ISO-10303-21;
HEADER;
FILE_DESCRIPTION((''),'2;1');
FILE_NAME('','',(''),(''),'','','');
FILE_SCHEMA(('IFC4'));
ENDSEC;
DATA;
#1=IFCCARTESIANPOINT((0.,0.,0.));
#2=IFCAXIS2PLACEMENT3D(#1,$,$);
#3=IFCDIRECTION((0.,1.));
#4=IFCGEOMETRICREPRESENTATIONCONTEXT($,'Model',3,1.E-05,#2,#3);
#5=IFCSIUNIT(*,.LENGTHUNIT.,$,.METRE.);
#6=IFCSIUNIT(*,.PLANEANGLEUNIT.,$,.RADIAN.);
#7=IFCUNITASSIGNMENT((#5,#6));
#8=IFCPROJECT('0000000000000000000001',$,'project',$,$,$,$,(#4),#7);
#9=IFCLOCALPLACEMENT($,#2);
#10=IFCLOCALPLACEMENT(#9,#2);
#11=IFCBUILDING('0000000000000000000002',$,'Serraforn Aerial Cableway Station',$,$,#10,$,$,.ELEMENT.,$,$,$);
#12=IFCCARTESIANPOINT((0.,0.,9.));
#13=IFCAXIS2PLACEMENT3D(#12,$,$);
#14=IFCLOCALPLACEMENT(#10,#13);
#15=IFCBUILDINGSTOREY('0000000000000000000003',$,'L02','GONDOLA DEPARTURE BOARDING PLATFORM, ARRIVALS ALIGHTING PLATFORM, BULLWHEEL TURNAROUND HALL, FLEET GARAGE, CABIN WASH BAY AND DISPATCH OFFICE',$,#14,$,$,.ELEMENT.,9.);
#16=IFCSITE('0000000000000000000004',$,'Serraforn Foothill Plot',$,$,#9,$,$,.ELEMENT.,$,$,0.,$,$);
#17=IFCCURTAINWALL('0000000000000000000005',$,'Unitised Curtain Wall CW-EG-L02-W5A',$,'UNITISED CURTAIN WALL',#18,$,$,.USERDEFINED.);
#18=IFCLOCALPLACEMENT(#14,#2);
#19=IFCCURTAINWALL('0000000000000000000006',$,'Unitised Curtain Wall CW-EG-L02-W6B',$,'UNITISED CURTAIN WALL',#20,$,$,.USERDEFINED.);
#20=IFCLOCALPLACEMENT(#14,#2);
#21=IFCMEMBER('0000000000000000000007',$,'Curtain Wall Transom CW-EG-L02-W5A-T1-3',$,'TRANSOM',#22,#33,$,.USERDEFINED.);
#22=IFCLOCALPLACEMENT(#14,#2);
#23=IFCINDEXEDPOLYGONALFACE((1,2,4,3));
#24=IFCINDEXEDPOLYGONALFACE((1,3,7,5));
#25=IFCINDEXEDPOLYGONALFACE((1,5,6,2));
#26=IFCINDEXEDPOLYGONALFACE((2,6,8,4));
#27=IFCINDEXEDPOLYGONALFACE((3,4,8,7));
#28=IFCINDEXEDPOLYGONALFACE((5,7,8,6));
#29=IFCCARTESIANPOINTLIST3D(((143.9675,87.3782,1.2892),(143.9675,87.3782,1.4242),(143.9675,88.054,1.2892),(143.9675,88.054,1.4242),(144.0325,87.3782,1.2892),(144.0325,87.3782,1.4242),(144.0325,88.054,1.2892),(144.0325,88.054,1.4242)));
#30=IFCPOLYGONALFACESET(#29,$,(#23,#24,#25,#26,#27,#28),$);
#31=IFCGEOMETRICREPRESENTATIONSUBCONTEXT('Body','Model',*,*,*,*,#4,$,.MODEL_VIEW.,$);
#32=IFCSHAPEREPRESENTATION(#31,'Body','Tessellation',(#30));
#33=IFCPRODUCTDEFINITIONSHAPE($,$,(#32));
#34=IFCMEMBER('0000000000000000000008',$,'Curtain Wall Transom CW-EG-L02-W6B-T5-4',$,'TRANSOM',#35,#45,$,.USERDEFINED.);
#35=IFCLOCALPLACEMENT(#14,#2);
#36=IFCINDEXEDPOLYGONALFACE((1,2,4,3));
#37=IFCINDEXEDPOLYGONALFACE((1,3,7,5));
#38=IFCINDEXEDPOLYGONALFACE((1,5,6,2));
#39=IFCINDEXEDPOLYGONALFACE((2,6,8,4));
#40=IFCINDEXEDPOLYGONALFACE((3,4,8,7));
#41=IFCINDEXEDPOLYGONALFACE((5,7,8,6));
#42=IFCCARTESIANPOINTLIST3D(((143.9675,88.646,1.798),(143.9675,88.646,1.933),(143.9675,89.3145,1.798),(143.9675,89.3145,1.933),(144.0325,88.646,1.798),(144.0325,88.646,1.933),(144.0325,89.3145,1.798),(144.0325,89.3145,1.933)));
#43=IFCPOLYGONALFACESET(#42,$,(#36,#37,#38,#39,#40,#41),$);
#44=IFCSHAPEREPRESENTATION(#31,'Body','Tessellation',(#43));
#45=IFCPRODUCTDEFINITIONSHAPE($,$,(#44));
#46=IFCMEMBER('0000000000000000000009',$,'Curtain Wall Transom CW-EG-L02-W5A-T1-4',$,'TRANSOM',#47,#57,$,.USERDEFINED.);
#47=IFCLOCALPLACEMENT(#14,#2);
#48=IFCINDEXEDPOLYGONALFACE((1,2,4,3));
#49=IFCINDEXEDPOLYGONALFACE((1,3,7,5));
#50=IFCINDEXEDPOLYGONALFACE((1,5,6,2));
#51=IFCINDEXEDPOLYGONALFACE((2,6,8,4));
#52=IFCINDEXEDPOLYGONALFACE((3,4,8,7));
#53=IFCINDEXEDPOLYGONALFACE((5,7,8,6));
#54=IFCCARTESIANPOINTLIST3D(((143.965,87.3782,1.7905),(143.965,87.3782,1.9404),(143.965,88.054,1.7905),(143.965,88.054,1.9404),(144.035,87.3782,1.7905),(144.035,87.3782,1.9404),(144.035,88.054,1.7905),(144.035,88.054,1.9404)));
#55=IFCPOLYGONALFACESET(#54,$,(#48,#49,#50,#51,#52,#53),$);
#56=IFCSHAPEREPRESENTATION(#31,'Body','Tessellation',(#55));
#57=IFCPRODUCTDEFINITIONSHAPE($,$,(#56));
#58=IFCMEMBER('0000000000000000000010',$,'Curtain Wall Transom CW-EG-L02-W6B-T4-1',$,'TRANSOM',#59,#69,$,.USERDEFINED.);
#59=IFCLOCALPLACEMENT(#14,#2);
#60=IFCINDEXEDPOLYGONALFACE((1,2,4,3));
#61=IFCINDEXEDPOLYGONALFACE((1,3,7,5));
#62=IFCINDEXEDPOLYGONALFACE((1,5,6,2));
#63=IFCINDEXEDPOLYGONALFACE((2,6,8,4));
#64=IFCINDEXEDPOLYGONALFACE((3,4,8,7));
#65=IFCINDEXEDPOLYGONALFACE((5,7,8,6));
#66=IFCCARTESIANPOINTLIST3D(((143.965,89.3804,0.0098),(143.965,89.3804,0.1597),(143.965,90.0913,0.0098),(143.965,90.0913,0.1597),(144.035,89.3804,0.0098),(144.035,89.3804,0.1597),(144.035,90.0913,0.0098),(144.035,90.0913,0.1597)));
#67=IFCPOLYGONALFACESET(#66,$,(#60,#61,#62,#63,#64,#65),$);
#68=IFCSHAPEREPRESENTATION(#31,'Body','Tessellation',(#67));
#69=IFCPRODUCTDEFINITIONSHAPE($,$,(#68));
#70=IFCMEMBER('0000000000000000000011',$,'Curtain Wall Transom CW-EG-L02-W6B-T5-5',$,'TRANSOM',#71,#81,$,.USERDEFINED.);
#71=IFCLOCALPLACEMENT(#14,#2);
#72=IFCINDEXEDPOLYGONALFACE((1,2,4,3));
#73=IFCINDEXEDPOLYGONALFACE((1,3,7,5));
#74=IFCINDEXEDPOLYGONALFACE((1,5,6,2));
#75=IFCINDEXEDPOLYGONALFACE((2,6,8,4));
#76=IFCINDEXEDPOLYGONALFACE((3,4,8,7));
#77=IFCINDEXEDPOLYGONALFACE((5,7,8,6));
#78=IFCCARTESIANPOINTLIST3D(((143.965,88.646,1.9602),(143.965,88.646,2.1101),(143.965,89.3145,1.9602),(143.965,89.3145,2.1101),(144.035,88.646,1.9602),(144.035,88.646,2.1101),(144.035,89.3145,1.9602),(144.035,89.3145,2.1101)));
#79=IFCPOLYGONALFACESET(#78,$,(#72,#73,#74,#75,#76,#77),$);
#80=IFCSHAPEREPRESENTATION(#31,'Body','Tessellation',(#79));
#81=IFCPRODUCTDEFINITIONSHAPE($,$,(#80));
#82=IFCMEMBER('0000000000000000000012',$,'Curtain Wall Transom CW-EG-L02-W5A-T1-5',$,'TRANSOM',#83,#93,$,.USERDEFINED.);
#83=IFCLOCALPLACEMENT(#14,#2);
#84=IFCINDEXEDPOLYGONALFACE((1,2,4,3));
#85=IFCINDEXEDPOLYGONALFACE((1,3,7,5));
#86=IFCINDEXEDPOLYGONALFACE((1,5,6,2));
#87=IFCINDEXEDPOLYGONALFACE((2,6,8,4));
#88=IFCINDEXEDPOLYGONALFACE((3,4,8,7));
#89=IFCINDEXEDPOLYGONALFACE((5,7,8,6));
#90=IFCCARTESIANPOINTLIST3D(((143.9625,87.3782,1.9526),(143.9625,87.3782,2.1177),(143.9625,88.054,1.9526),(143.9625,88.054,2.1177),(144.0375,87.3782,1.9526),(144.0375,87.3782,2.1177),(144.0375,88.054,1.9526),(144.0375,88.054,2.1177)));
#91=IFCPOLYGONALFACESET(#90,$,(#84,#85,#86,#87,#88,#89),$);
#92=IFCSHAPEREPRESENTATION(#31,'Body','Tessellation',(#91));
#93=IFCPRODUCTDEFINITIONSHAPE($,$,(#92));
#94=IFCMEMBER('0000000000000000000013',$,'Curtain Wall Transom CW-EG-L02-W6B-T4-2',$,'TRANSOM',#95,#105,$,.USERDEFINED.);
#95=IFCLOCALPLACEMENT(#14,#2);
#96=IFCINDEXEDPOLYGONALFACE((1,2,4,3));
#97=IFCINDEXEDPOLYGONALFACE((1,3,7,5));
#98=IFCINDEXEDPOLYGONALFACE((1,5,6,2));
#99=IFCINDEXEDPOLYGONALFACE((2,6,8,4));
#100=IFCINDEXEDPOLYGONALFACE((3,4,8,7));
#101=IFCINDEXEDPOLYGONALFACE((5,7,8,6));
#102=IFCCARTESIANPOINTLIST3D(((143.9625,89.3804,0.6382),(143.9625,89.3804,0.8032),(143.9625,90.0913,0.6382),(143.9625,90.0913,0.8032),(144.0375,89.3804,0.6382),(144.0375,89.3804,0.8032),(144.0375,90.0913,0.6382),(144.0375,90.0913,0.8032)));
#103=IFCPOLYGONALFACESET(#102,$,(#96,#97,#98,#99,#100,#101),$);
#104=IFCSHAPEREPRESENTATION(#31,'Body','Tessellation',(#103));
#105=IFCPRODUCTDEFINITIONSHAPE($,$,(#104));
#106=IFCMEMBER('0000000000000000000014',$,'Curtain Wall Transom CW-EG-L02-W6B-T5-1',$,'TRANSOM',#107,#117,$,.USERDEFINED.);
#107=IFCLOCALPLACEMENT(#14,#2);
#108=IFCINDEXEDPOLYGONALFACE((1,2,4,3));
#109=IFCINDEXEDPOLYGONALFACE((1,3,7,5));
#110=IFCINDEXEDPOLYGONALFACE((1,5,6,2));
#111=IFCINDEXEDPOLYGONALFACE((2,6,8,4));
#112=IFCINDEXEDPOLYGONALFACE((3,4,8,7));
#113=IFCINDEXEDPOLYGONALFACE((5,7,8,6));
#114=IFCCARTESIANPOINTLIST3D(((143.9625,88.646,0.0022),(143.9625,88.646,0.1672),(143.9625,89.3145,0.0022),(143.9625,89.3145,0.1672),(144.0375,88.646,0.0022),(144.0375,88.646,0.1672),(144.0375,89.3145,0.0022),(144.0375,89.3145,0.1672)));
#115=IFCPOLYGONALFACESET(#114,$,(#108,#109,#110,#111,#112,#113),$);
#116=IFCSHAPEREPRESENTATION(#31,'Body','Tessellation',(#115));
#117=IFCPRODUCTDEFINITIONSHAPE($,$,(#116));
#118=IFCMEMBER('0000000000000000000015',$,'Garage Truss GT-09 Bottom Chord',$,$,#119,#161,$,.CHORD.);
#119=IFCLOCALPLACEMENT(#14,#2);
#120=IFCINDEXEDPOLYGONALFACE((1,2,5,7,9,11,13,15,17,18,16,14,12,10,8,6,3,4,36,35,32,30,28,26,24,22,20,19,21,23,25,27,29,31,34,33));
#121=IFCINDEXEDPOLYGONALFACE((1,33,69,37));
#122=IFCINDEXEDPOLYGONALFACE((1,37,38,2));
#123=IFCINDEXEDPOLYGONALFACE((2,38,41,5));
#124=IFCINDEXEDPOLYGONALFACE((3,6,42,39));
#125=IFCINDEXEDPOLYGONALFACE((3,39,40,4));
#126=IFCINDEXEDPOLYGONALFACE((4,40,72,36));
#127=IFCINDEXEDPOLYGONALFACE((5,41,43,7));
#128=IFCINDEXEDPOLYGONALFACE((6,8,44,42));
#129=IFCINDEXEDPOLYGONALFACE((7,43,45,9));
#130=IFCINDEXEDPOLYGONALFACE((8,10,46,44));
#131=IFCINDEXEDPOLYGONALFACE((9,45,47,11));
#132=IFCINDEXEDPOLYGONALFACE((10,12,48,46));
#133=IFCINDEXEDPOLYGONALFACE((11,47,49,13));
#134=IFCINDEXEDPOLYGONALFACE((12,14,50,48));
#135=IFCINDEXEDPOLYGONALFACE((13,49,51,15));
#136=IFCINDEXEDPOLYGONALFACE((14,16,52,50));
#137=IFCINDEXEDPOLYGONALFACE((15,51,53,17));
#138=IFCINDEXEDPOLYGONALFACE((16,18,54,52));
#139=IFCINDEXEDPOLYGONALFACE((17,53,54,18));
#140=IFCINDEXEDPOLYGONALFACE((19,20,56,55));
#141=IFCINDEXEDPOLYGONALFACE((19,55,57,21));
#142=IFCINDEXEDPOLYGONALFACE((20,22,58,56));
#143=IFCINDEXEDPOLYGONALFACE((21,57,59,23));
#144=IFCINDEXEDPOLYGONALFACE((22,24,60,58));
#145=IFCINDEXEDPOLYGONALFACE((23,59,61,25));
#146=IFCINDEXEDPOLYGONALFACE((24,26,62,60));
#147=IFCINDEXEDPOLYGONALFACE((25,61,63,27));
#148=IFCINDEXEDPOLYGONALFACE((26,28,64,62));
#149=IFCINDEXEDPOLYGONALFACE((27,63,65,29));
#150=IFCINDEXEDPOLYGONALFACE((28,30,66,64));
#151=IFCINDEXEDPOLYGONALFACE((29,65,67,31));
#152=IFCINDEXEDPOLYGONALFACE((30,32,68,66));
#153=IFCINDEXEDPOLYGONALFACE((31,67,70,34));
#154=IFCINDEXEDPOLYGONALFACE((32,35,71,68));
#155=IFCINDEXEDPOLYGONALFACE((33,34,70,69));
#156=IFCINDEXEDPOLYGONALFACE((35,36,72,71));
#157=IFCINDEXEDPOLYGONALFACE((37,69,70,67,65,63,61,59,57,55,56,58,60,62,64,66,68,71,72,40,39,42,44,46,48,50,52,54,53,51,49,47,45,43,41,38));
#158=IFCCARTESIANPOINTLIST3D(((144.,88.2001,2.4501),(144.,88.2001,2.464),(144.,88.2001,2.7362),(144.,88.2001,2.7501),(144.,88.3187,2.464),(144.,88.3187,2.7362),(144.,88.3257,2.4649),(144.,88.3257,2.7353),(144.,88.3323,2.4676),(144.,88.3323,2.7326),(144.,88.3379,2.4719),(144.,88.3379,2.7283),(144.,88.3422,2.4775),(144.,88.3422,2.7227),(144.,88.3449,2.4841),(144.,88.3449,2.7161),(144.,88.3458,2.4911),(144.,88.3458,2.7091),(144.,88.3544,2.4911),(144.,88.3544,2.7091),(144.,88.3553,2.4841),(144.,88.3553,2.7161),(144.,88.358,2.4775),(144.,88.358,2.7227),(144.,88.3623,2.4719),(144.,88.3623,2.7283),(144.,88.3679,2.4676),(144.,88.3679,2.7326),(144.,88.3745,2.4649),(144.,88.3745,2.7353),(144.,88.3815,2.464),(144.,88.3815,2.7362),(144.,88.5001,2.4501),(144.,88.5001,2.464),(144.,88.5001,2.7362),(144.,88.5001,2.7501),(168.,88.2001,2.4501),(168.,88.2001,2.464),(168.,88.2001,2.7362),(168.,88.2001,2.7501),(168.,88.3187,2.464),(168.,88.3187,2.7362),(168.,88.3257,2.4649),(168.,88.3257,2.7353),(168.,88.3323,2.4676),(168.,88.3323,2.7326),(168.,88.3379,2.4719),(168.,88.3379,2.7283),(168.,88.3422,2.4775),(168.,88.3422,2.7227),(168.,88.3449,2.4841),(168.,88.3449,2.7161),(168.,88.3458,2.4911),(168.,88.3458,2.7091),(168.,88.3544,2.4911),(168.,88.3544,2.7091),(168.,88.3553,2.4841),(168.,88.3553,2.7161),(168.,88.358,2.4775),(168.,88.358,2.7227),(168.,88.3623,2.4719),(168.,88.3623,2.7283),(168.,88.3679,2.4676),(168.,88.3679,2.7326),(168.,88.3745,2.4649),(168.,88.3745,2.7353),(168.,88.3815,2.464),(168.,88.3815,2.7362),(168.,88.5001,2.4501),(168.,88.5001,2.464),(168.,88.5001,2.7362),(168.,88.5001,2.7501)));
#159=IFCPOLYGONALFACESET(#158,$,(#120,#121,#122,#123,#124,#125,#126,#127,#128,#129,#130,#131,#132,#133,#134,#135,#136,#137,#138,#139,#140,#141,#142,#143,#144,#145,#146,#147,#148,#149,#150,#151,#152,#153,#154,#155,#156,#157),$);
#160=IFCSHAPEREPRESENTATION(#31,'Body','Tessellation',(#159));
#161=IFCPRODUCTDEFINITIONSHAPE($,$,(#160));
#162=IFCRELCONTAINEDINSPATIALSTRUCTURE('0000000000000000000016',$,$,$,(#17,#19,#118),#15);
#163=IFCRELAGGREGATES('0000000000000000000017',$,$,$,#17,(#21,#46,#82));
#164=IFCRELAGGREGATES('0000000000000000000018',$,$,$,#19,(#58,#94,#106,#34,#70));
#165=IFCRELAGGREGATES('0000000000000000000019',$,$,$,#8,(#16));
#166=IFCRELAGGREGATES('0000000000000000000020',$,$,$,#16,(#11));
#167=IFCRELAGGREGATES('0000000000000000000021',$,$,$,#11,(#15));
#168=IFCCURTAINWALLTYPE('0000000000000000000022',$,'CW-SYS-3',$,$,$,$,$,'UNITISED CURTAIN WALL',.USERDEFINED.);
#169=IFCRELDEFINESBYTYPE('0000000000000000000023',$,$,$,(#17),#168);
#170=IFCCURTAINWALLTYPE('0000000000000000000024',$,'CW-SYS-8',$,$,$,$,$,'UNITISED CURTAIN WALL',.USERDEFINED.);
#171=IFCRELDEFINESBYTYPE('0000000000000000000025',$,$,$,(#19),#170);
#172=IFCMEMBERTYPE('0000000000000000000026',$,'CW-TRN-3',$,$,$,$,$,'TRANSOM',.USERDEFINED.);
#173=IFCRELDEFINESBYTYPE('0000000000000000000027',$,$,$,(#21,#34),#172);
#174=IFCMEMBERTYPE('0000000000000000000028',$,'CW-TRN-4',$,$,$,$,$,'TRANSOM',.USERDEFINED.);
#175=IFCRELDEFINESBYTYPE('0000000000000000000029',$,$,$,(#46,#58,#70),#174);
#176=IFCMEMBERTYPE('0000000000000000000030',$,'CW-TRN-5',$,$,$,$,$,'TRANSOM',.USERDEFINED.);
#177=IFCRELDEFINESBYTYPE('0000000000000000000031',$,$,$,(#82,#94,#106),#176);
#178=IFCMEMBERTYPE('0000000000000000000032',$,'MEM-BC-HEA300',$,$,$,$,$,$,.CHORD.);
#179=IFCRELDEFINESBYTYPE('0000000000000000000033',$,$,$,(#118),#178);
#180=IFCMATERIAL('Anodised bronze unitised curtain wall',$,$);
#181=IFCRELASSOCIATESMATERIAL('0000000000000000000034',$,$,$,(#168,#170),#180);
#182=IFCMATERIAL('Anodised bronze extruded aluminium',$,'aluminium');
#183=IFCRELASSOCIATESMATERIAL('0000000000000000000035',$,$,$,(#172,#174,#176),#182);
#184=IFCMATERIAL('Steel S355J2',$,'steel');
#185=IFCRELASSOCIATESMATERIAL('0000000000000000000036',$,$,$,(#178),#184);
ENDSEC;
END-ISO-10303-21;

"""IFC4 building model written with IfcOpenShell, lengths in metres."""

from ifc_helpers import new_model, si_unit, direction, frame, origin, origin_2d, place, context, subcontext, project, spatial, rectangle, i_section, extrude, material, material_profile, profile_set, type_object, element, aggregate, save


model = new_model("IFC4")

# Units and contexts
model_context = context("Model", 3, precision=1e-05, world=origin(), true_north=direction((0.0, 1.0)))
body_context = subcontext(model_context, "Body", "Model", "MODEL_VIEW")
ifc_project = project(units=[si_unit("LENGTHUNIT", "METRE"), si_unit("PLANEANGLEUNIT", "RADIAN")], contexts=[model_context])

# Site, building, storey
site_placement = place(None, origin())
site = spatial("IfcSite", under=ifc_project, at=site_placement, Name="Serraforn Foothill Plot", CompositionType="ELEMENT", RefElevation=0.0)
building_placement = place(site_placement, origin())
building = spatial("IfcBuilding", under=site, at=building_placement, Name="Serraforn Aerial Cableway Station", CompositionType="ELEMENT")
storey_placement = place(building_placement, frame((0.0, 0.0, 9.0)))
storey = spatial("IfcBuildingStorey", under=building, at=storey_placement, Name="L02", Description="GONDOLA DEPARTURE BOARDING PLATFORM, ARRIVALS ALIGHTING PLATFORM, BULLWHEEL TURNAROUND HALL, FLEET GARAGE, CABIN WASH BAY AND DISPATCH OFFICE", CompositionType="ELEMENT", Elevation=9.0)

# Shared definitions
ifc_material_1 = material(Name="Steel S355J2", Category="steel")

# Curtain walls
ifc_material_2 = material(Name="Anodised bronze unitised curtain wall")
curtain_wall_type_1 = type_object("IfcCurtainWallType", Name="CW-SYS-3", ElementType="UNITISED CURTAIN WALL", PredefinedType="USERDEFINED", material=ifc_material_2)
curtain_wall_1_placement = place(storey_placement, origin())
curtain_wall_1 = element("IfcCurtainWall", 1, at=curtain_wall_1_placement, inside=storey, type_object=curtain_wall_type_1, Name="Unitised Curtain Wall CW-EG-L02-W5A", ObjectType="UNITISED CURTAIN WALL", PredefinedType="USERDEFINED")
ifc_material_3 = material(Name="Anodised bronze extruded aluminium", Category="aluminium")
curtain_wall_type_2 = type_object("IfcCurtainWallType", Name="CW-SYS-8", ElementType="UNITISED CURTAIN WALL", PredefinedType="USERDEFINED", material=ifc_material_2)
curtain_wall_2_placement = place(storey_placement, origin())
curtain_wall_2 = element("IfcCurtainWall", 2, at=curtain_wall_2_placement, inside=storey, type_object=curtain_wall_type_2, Name="Unitised Curtain Wall CW-EG-L02-W6B", ObjectType="UNITISED CURTAIN WALL", PredefinedType="USERDEFINED")

# Members
ifc_material_profile_1 = material_profile(ifc_material_3, rectangle(XDim=0.0649, YDim=0.135, at=origin_2d()), Name="CW TRANSOM 65x135")
ifc_profile_set_1 = profile_set([ifc_material_profile_1], Name="Anodised bronze extruded aluminium")
member_type_1 = type_object("IfcMemberType", Name="CW-TRN-3", ElementType="TRANSOM", PredefinedType="USERDEFINED", material=ifc_profile_set_1)
member_1_placement = place(storey_placement, frame((144.0, 88.054, 1.3567), z_axis=(0.0, -1.0, 0.0), x_axis=(1.0, 0.0, 0.0)))
member_1 = element("IfcMember", 3, at=member_1_placement, type_object=member_type_1, Name="Curtain Wall Transom CW-EG-L02-W5A-T1-3", ObjectType="TRANSOM", PredefinedType="USERDEFINED", context=body_context, shape_type="SweptSolid", body=[
    extrude(rectangle(XDim=0.0649, YDim=0.135, at=origin_2d()), origin(), (0.0, 0.0, 1.0), 0.6758),
])
member_2_placement = place(storey_placement, frame((144.0, 89.3145, 1.8655), z_axis=(0.0, -1.0, 0.0), x_axis=(1.0, 0.0, 0.0)))
member_2 = element("IfcMember", 4, at=member_2_placement, type_object=member_type_1, Name="Curtain Wall Transom CW-EG-L02-W6B-T5-4", ObjectType="TRANSOM", PredefinedType="USERDEFINED", context=body_context, shape_type="SweptSolid", body=[
    extrude(rectangle(XDim=0.0649, YDim=0.135, at=origin_2d()), origin(), (0.0, 0.0, 1.0), 0.6685),
])
ifc_material_profile_2 = material_profile(ifc_material_3, rectangle(XDim=0.0701, YDim=0.1499, at=origin_2d()), Name="CW TRANSOM 70x150")
ifc_profile_set_2 = profile_set([ifc_material_profile_2], Name="Anodised bronze extruded aluminium")
member_type_2 = type_object("IfcMemberType", Name="CW-TRN-4", ElementType="TRANSOM", PredefinedType="USERDEFINED", material=ifc_profile_set_2)
member_3_placement = place(storey_placement, frame((144.0, 88.054, 1.8655), z_axis=(0.0, -1.0, 0.0), x_axis=(1.0, 0.0, 0.0)))
member_3 = element("IfcMember", 5, at=member_3_placement, type_object=member_type_2, Name="Curtain Wall Transom CW-EG-L02-W5A-T1-4", ObjectType="TRANSOM", PredefinedType="USERDEFINED", context=body_context, shape_type="SweptSolid", body=[
    extrude(rectangle(XDim=0.0701, YDim=0.1499, at=origin_2d()), origin(), (0.0, 0.0, 1.0), 0.6758),
])
member_4_placement = place(storey_placement, frame((144.0, 90.0913, 0.0847), z_axis=(0.0, -1.0, 0.0), x_axis=(1.0, 0.0, 0.0)))
member_4 = element("IfcMember", 6, at=member_4_placement, type_object=member_type_2, Name="Curtain Wall Transom CW-EG-L02-W6B-T4-1", ObjectType="TRANSOM", PredefinedType="USERDEFINED", context=body_context, shape_type="SweptSolid", body=[
    extrude(rectangle(XDim=0.0701, YDim=0.1499, at=origin_2d()), origin(), (0.0, 0.0, 1.0), 0.7109),
])
member_5_placement = place(storey_placement, frame((144.0, 89.3145, 2.0352), z_axis=(0.0, -1.0, 0.0), x_axis=(1.0, 0.0, 0.0)))
member_5 = element("IfcMember", 7, at=member_5_placement, type_object=member_type_2, Name="Curtain Wall Transom CW-EG-L02-W6B-T5-5", ObjectType="TRANSOM", PredefinedType="USERDEFINED", context=body_context, shape_type="SweptSolid", body=[
    extrude(rectangle(XDim=0.0701, YDim=0.1499, at=origin_2d()), origin(), (0.0, 0.0, 1.0), 0.6685),
])
ifc_material_profile_3 = material_profile(ifc_material_3, rectangle(XDim=0.075, YDim=0.165, at=origin_2d()), Name="CW TRANSOM 75x165")
ifc_profile_set_3 = profile_set([ifc_material_profile_3], Name="Anodised bronze extruded aluminium")
member_type_3 = type_object("IfcMemberType", Name="CW-TRN-5", ElementType="TRANSOM", PredefinedType="USERDEFINED", material=ifc_profile_set_3)
member_6_placement = place(storey_placement, frame((144.0, 88.054, 2.0352), z_axis=(0.0, -1.0, 0.0), x_axis=(1.0, 0.0, 0.0)))
member_6 = element("IfcMember", 8, at=member_6_placement, type_object=member_type_3, Name="Curtain Wall Transom CW-EG-L02-W5A-T1-5", ObjectType="TRANSOM", PredefinedType="USERDEFINED", context=body_context, shape_type="SweptSolid", body=[
    extrude(rectangle(XDim=0.075, YDim=0.165, at=origin_2d()), origin(), (0.0, 0.0, 1.0), 0.6758),
])
member_7_placement = place(storey_placement, frame((144.0, 90.0913, 0.7207), z_axis=(0.0, -1.0, 0.0), x_axis=(1.0, 0.0, 0.0)))
member_7 = element("IfcMember", 9, at=member_7_placement, type_object=member_type_3, Name="Curtain Wall Transom CW-EG-L02-W6B-T4-2", ObjectType="TRANSOM", PredefinedType="USERDEFINED", context=body_context, shape_type="SweptSolid", body=[
    extrude(rectangle(XDim=0.075, YDim=0.165, at=origin_2d()), origin(), (0.0, 0.0, 1.0), 0.7109),
])
member_8_placement = place(storey_placement, frame((144.0, 89.3145, 0.0847), z_axis=(0.0, -1.0, 0.0), x_axis=(1.0, 0.0, 0.0)))
member_8 = element("IfcMember", 10, at=member_8_placement, type_object=member_type_3, Name="Curtain Wall Transom CW-EG-L02-W6B-T5-1", ObjectType="TRANSOM", PredefinedType="USERDEFINED", context=body_context, shape_type="SweptSolid", body=[
    extrude(rectangle(XDim=0.075, YDim=0.165, at=origin_2d()), origin(), (0.0, 0.0, 1.0), 0.6685),
])

# Member
ifc_material_profile_4 = material_profile(ifc_material_1, i_section(OverallWidth=0.3, OverallDepth=0.3, WebThickness=0.0085, FlangeThickness=0.0139, FilletRadius=0.0271, at=origin_2d()), Name="HEA 300")
ifc_profile_set_4 = profile_set([ifc_material_profile_4], Name="Steel S355J2")
member_type_4 = type_object("IfcMemberType", Name="MEM-BC-HEA300", PredefinedType="CHORD", material=ifc_profile_set_4)
member_9_placement = place(storey_placement, frame((144.0, 88.3501, 2.6001), z_axis=(1.0, 0.0, 0.0), x_axis=(0.0, 1.0, 0.0)))
element("IfcMember", 11, at=member_9_placement, inside=storey, type_object=member_type_4, Name="Garage Truss GT-09 Bottom Chord", PredefinedType="CHORD", context=body_context, shape_type="SweptSolid", body=[
    extrude(i_section(OverallWidth=0.3, OverallDepth=0.3, WebThickness=0.0085, FlangeThickness=0.0139, FilletRadius=0.0271, at=origin_2d()), origin(), (0.0, 0.0, 1.0), 24.0),
])

aggregate(curtain_wall_1, [member_1, member_3, member_6])
aggregate(curtain_wall_2, [member_4, member_7, member_8, member_2, member_5])

save(model, "model.ifc")
